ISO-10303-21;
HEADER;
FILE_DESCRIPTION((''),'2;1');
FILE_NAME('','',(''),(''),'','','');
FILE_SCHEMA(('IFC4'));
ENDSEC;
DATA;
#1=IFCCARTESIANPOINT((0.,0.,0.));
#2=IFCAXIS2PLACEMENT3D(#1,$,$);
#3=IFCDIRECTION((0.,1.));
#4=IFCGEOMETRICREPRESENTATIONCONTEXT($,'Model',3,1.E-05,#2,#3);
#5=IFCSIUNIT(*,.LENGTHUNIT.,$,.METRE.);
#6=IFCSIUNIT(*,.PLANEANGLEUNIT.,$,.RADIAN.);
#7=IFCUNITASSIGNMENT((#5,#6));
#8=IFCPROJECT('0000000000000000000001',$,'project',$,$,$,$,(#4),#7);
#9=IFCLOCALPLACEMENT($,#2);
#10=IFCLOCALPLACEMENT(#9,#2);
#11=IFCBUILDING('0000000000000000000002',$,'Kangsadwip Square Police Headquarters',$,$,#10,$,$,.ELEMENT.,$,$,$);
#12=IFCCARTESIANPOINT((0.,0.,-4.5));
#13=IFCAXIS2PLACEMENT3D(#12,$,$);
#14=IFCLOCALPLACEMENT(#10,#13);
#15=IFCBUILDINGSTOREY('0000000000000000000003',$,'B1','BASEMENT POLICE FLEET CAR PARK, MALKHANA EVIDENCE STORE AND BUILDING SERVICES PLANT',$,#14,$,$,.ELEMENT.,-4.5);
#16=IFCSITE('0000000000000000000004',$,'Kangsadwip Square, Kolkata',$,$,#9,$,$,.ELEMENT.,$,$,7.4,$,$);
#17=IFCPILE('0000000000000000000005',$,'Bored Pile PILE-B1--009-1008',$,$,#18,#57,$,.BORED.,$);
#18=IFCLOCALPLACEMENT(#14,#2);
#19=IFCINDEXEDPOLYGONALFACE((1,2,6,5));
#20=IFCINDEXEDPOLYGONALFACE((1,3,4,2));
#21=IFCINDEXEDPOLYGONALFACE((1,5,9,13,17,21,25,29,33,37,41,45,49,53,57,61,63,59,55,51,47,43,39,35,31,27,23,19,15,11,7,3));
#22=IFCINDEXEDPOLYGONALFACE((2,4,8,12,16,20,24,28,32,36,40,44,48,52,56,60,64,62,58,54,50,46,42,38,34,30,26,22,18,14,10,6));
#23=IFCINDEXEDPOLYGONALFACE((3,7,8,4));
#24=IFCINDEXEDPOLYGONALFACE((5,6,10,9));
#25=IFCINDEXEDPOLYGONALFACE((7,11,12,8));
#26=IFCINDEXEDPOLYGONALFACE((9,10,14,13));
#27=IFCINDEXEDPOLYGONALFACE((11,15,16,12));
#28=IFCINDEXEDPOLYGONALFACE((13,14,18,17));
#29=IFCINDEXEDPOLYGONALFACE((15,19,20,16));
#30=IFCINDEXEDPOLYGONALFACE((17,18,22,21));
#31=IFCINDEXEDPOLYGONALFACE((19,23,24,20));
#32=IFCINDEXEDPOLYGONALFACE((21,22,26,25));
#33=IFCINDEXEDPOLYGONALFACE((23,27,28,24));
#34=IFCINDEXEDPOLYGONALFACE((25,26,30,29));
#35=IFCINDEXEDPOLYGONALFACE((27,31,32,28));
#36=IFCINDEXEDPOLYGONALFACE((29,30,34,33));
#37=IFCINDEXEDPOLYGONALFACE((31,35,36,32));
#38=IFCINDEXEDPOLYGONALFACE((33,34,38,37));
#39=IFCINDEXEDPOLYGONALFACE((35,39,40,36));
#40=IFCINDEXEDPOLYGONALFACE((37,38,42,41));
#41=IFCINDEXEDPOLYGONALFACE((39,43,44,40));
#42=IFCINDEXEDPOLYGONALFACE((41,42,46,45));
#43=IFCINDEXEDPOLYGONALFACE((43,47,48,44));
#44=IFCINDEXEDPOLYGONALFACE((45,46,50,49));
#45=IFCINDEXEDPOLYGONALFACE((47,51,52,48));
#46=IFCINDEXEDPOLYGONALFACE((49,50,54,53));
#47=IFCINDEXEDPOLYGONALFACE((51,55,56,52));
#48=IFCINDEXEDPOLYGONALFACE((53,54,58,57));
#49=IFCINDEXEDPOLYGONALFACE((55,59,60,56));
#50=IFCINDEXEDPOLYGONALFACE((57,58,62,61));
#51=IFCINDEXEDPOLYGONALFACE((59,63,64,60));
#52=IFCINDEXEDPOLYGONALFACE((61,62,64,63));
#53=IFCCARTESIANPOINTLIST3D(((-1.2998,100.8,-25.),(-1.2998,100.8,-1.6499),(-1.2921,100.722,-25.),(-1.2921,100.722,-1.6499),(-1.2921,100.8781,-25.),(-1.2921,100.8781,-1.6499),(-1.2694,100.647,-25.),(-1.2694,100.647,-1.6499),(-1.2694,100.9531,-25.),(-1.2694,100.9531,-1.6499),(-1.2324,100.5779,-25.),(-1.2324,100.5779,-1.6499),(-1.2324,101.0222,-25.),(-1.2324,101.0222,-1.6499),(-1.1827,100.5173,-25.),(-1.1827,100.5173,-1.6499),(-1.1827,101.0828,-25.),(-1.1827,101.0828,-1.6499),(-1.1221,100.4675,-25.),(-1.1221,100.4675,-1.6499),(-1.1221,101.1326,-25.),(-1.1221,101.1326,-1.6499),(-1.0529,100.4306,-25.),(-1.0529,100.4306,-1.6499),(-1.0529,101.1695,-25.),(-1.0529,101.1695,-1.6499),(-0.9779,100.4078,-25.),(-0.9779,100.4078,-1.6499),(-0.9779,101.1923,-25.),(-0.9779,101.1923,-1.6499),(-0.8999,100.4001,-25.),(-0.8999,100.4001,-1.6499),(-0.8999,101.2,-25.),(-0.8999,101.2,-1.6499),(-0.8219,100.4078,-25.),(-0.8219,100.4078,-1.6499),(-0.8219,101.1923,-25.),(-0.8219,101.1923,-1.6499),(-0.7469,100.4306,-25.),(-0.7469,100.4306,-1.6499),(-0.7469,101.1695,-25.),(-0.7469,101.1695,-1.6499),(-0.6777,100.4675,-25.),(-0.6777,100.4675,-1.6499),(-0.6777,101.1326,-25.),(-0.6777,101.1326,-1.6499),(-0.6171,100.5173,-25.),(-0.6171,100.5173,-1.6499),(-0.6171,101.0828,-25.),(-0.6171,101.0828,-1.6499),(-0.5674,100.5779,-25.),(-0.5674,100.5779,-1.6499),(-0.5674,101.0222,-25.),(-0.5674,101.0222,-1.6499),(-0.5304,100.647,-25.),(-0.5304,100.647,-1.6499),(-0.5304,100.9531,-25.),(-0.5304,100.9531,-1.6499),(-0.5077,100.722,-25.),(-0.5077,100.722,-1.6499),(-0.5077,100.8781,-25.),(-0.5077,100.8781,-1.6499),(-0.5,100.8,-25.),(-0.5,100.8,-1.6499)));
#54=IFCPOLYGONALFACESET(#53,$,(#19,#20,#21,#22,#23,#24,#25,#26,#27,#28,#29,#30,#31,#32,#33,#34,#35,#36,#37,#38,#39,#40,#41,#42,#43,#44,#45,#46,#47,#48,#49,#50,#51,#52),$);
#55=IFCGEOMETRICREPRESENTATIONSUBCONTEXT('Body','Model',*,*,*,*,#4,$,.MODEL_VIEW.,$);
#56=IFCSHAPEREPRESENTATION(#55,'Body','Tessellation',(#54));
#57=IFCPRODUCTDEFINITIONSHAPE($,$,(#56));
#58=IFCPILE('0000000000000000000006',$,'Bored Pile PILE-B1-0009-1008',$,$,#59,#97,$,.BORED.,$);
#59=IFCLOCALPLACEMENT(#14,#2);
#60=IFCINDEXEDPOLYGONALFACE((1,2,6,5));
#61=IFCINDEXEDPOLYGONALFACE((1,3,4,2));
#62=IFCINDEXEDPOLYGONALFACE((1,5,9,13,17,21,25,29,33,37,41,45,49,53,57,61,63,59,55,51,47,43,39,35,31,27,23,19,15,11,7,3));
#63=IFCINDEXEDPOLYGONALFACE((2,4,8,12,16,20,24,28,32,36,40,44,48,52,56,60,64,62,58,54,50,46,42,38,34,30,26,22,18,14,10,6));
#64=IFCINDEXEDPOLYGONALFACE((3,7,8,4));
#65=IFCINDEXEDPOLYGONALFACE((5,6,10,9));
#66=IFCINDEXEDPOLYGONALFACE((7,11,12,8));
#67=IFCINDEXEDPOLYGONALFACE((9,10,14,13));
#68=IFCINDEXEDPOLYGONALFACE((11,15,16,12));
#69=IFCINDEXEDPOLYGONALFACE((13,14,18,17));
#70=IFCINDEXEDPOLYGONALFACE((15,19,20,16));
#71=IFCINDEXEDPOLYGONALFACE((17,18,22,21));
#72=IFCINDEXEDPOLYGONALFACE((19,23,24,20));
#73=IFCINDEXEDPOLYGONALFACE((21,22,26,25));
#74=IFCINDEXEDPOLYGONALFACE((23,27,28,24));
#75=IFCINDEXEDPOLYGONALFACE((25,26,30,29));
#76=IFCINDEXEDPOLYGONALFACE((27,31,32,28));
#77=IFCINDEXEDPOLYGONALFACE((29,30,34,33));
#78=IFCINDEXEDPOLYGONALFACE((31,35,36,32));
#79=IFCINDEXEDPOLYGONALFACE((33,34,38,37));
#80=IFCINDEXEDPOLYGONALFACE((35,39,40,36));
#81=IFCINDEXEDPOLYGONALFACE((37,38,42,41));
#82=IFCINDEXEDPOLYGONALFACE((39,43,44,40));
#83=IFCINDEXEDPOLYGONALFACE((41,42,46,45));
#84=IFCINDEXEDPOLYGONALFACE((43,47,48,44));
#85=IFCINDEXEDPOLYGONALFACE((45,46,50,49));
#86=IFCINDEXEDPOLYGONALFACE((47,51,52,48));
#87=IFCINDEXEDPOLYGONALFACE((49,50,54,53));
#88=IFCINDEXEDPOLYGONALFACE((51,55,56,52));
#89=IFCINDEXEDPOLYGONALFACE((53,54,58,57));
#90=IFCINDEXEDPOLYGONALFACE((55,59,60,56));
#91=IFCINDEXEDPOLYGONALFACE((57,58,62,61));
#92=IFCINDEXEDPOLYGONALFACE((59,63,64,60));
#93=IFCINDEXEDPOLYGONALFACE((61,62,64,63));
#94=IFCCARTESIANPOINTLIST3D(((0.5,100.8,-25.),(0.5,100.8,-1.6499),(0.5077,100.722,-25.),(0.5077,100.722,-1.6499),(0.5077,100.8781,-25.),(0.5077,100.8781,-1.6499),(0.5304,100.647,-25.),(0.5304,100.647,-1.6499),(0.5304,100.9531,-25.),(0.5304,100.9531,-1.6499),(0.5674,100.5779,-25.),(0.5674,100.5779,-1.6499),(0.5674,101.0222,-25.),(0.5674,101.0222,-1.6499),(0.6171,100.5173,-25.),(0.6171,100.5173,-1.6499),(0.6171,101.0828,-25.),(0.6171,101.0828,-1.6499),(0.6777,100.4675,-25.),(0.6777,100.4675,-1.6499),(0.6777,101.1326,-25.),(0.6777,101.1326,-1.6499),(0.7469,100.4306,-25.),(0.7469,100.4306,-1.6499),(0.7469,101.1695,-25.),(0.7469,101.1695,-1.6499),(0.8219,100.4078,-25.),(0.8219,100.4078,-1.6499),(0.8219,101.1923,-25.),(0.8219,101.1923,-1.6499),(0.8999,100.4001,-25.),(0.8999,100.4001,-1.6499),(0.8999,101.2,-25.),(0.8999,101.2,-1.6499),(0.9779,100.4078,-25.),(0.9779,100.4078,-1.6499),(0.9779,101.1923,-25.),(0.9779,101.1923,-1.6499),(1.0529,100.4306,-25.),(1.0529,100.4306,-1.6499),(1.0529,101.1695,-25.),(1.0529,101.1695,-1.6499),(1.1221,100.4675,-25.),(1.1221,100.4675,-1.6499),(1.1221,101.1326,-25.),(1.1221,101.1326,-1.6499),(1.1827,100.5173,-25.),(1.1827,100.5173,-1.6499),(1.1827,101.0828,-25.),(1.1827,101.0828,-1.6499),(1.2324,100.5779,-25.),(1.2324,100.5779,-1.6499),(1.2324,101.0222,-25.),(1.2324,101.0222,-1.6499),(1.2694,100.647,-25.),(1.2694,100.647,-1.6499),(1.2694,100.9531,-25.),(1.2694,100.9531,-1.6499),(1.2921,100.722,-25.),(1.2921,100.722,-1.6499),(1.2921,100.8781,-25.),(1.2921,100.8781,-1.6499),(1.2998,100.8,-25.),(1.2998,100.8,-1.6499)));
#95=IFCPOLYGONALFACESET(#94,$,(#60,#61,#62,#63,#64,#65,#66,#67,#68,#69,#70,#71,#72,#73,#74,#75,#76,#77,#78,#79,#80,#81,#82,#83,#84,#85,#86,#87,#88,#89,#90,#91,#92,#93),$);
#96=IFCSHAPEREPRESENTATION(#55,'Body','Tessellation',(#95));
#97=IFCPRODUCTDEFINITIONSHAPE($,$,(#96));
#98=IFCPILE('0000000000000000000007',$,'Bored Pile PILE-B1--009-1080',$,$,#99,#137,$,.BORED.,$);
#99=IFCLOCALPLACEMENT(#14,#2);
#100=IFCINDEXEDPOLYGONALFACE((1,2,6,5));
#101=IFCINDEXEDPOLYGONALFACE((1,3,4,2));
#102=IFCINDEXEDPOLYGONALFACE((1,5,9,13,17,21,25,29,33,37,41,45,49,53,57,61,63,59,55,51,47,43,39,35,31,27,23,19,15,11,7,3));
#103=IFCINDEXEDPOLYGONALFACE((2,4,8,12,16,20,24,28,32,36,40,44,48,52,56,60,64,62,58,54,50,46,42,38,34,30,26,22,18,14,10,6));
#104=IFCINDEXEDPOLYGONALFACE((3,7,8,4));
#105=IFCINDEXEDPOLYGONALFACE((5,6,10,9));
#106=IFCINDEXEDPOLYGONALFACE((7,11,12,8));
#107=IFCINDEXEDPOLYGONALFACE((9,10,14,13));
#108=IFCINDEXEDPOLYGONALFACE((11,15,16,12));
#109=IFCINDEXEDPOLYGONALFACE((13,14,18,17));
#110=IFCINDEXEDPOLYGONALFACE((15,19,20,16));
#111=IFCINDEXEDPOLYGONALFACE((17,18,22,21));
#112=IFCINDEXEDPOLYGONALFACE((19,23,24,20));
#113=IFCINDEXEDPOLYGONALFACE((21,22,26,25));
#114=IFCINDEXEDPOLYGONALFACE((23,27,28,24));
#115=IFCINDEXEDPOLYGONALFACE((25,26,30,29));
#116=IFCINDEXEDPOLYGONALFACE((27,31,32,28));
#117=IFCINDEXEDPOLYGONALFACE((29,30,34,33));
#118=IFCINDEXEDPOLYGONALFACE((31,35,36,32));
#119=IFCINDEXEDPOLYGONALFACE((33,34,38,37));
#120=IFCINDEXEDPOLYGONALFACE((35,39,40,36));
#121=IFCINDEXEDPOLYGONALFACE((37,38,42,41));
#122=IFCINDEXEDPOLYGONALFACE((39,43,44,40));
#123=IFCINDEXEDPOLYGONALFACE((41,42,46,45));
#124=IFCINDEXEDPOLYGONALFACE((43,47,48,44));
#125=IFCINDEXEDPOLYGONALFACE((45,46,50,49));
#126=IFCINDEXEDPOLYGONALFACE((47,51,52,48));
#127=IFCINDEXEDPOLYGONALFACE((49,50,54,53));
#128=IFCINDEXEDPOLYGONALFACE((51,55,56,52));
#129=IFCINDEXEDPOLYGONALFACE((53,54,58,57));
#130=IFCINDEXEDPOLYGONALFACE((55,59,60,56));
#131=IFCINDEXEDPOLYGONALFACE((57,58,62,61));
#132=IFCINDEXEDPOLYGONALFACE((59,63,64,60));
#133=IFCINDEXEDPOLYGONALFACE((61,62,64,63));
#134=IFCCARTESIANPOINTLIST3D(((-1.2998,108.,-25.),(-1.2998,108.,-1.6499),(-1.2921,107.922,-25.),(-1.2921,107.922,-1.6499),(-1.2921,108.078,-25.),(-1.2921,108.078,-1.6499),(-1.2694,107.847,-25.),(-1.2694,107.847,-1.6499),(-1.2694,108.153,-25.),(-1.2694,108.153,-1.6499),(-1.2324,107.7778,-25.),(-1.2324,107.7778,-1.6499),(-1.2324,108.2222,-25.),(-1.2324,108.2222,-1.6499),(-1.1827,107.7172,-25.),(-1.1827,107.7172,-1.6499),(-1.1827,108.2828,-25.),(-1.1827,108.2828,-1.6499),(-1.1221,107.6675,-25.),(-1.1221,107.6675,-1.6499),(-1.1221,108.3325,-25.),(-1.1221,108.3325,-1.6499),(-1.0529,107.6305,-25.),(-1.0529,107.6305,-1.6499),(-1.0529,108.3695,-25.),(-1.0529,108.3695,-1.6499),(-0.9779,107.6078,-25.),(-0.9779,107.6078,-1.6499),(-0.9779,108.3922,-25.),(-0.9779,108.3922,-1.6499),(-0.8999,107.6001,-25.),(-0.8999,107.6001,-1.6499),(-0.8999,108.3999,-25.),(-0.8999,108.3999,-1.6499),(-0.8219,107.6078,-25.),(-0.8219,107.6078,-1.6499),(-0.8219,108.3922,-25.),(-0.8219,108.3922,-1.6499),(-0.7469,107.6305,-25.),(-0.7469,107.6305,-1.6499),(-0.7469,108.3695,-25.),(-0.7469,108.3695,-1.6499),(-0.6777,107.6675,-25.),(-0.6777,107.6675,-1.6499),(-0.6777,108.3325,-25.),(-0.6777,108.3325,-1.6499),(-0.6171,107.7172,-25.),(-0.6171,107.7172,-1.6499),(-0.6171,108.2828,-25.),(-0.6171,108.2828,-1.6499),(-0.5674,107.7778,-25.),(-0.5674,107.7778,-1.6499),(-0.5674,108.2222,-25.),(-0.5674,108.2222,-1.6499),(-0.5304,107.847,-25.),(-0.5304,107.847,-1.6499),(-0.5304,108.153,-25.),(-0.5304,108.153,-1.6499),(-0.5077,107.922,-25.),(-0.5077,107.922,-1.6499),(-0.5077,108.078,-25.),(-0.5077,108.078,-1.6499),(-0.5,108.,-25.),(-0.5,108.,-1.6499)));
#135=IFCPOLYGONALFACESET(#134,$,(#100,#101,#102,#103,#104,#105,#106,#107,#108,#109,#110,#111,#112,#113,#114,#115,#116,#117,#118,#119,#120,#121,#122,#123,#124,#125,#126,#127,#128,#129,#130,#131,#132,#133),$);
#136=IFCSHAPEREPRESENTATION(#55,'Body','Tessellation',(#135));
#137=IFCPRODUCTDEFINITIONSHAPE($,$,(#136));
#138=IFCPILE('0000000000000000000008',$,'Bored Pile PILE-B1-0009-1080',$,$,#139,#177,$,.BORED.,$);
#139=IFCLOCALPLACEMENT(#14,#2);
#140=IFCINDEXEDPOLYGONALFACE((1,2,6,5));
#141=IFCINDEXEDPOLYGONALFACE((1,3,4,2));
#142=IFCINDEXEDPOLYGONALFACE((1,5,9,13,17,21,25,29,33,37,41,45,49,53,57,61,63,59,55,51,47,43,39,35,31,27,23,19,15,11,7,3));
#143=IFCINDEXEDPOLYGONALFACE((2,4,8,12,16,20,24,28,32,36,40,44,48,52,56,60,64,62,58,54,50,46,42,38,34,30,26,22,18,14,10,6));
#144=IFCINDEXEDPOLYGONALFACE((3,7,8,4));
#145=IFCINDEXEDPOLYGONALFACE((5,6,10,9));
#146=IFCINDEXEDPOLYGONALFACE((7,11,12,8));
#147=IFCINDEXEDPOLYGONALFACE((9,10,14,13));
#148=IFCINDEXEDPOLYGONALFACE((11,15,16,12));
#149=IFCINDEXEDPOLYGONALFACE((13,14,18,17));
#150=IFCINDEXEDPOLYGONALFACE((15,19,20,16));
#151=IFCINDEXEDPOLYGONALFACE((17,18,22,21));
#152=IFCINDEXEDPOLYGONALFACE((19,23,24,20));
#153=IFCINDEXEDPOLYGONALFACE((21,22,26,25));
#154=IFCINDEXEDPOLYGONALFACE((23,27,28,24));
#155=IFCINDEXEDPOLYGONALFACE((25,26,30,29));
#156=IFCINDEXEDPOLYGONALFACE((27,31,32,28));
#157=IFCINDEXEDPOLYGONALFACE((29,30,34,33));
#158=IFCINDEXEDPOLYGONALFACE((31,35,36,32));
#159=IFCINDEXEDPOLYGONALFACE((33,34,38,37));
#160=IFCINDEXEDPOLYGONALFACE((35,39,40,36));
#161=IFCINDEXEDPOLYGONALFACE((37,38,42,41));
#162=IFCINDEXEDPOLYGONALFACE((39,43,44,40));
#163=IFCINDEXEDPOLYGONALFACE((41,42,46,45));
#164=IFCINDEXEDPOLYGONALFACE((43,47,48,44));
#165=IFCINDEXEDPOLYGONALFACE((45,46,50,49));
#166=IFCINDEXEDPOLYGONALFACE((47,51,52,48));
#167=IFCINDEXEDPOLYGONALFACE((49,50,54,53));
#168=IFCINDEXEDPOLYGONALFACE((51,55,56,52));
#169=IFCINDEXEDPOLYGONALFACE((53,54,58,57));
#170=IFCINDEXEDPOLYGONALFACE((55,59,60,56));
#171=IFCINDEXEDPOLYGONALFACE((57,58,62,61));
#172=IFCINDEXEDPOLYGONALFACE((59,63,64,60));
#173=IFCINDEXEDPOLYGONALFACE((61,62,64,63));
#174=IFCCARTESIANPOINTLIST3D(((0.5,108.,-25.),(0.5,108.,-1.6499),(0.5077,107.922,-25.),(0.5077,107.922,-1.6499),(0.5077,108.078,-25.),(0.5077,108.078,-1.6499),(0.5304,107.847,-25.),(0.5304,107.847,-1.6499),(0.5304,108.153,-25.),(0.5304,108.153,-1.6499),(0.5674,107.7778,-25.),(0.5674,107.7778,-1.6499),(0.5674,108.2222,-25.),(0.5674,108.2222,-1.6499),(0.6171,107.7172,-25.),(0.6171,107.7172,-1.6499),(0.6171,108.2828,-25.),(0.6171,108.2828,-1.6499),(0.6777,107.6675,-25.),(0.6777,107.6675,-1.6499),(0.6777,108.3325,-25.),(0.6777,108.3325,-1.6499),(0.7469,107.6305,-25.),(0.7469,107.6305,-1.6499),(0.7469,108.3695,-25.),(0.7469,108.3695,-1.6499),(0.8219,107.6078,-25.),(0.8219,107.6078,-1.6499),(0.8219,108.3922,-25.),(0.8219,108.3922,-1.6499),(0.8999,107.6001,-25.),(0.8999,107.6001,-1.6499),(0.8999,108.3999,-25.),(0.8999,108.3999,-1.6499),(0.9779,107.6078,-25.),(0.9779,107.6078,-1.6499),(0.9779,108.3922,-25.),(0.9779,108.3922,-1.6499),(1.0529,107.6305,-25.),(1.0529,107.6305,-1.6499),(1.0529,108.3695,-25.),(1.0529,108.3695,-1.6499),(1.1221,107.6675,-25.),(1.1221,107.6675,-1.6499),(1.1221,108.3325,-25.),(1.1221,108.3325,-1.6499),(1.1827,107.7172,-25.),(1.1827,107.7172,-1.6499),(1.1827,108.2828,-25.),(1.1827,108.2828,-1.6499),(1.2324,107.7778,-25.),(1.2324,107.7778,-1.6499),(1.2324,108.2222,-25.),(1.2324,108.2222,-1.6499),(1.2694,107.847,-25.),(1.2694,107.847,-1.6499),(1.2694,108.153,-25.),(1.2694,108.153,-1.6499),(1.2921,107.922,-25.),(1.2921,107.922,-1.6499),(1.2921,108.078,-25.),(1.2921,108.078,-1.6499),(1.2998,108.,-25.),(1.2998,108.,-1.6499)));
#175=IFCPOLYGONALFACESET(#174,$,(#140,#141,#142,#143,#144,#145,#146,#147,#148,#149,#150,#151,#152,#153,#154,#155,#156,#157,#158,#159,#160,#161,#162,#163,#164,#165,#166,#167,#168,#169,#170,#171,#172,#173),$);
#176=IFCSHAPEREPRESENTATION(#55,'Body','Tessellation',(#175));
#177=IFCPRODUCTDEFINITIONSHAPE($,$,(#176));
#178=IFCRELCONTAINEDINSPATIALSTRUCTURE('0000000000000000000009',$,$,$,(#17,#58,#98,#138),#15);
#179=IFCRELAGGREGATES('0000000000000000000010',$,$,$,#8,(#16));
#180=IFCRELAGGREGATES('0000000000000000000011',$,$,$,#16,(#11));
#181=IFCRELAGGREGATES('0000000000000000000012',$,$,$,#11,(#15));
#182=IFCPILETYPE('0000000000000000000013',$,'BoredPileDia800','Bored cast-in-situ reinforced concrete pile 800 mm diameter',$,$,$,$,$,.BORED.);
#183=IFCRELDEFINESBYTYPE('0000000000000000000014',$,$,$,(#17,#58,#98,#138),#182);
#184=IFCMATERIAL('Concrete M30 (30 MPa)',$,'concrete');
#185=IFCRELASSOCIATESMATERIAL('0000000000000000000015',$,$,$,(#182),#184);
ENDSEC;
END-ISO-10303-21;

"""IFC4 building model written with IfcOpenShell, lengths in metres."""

from ifc_helpers import new_model, si_unit, direction, frame, origin, origin_2d, place, context, subcontext, project, spatial, circle, extrude, material, material_profile, profile_set, type_object, element, save


model = new_model("IFC4")

# Units and contexts
model_context = context("Model", 3, precision=1e-05, world=origin(), true_north=direction((0.0, 1.0)))
body_context = subcontext(model_context, "Body", "Model", "MODEL_VIEW")
ifc_project = project(units=[si_unit("LENGTHUNIT", "METRE"), si_unit("PLANEANGLEUNIT", "RADIAN")], contexts=[model_context])

# Site, building, storey
site_placement = place(None, origin())
site = spatial("IfcSite", under=ifc_project, at=site_placement, Name="Kangsadwip Square, Kolkata", CompositionType="ELEMENT", RefElevation=7.4)
building_placement = place(site_placement, origin())
building = spatial("IfcBuilding", under=site, at=building_placement, Name="Kangsadwip Square Police Headquarters", CompositionType="ELEMENT")
storey_placement = place(building_placement, frame((0.0, 0.0, -4.5)))
storey = spatial("IfcBuildingStorey", under=building, at=storey_placement, Name="B1", Description="BASEMENT POLICE FLEET CAR PARK, MALKHANA EVIDENCE STORE AND BUILDING SERVICES PLANT", CompositionType="ELEMENT", Elevation=-4.5)

# Piles
ifc_material_1 = material(Name="Concrete M30 (30 MPa)", Category="concrete")
ifc_material_profile_1 = material_profile(ifc_material_1, circle(Radius=0.3999, at=origin_2d()), Name="PILE DIA 800")
ifc_profile_set_1 = profile_set([ifc_material_profile_1], Name="Concrete M30 (30 MPa)")
pile_type = type_object("IfcPileType", Name="BoredPileDia800", Description="Bored cast-in-situ reinforced concrete pile 800 mm diameter", PredefinedType="BORED", material=ifc_profile_set_1)
for number, where, z_axis, x_axis, name in (
    (1, (-0.8999, 100.8, -1.6499), (0.0, 0.0, -1.0), (1.0, 0.0, 0.0), "Bored Pile PILE-B1--009-1008"),
    (2, (0.8999, 100.8, -1.6499), (0.0, 0.0, -1.0), (1.0, 0.0, 0.0), "Bored Pile PILE-B1-0009-1008"),
    (3, (-0.8999, 108.0, -1.6499), (0.0, 0.0, -1.0), (1.0, 0.0, 0.0), "Bored Pile PILE-B1--009-1080"),
    (4, (0.8999, 108.0, -1.6499), (0.0, 0.0, -1.0), (1.0, 0.0, 0.0), "Bored Pile PILE-B1-0009-1080"),
):
    element("IfcPile", number, at=place(storey_placement, frame(where, z_axis=z_axis, x_axis=x_axis)), inside=storey, type_object=pile_type, Name=name, PredefinedType="BORED", context=body_context, shape_type="SweptSolid", body=[
        extrude(circle(Radius=0.3999, at=origin_2d()), origin(), (0.0, 0.0, 1.0), 23.3501),
    ])

save(model, "model.ifc")
